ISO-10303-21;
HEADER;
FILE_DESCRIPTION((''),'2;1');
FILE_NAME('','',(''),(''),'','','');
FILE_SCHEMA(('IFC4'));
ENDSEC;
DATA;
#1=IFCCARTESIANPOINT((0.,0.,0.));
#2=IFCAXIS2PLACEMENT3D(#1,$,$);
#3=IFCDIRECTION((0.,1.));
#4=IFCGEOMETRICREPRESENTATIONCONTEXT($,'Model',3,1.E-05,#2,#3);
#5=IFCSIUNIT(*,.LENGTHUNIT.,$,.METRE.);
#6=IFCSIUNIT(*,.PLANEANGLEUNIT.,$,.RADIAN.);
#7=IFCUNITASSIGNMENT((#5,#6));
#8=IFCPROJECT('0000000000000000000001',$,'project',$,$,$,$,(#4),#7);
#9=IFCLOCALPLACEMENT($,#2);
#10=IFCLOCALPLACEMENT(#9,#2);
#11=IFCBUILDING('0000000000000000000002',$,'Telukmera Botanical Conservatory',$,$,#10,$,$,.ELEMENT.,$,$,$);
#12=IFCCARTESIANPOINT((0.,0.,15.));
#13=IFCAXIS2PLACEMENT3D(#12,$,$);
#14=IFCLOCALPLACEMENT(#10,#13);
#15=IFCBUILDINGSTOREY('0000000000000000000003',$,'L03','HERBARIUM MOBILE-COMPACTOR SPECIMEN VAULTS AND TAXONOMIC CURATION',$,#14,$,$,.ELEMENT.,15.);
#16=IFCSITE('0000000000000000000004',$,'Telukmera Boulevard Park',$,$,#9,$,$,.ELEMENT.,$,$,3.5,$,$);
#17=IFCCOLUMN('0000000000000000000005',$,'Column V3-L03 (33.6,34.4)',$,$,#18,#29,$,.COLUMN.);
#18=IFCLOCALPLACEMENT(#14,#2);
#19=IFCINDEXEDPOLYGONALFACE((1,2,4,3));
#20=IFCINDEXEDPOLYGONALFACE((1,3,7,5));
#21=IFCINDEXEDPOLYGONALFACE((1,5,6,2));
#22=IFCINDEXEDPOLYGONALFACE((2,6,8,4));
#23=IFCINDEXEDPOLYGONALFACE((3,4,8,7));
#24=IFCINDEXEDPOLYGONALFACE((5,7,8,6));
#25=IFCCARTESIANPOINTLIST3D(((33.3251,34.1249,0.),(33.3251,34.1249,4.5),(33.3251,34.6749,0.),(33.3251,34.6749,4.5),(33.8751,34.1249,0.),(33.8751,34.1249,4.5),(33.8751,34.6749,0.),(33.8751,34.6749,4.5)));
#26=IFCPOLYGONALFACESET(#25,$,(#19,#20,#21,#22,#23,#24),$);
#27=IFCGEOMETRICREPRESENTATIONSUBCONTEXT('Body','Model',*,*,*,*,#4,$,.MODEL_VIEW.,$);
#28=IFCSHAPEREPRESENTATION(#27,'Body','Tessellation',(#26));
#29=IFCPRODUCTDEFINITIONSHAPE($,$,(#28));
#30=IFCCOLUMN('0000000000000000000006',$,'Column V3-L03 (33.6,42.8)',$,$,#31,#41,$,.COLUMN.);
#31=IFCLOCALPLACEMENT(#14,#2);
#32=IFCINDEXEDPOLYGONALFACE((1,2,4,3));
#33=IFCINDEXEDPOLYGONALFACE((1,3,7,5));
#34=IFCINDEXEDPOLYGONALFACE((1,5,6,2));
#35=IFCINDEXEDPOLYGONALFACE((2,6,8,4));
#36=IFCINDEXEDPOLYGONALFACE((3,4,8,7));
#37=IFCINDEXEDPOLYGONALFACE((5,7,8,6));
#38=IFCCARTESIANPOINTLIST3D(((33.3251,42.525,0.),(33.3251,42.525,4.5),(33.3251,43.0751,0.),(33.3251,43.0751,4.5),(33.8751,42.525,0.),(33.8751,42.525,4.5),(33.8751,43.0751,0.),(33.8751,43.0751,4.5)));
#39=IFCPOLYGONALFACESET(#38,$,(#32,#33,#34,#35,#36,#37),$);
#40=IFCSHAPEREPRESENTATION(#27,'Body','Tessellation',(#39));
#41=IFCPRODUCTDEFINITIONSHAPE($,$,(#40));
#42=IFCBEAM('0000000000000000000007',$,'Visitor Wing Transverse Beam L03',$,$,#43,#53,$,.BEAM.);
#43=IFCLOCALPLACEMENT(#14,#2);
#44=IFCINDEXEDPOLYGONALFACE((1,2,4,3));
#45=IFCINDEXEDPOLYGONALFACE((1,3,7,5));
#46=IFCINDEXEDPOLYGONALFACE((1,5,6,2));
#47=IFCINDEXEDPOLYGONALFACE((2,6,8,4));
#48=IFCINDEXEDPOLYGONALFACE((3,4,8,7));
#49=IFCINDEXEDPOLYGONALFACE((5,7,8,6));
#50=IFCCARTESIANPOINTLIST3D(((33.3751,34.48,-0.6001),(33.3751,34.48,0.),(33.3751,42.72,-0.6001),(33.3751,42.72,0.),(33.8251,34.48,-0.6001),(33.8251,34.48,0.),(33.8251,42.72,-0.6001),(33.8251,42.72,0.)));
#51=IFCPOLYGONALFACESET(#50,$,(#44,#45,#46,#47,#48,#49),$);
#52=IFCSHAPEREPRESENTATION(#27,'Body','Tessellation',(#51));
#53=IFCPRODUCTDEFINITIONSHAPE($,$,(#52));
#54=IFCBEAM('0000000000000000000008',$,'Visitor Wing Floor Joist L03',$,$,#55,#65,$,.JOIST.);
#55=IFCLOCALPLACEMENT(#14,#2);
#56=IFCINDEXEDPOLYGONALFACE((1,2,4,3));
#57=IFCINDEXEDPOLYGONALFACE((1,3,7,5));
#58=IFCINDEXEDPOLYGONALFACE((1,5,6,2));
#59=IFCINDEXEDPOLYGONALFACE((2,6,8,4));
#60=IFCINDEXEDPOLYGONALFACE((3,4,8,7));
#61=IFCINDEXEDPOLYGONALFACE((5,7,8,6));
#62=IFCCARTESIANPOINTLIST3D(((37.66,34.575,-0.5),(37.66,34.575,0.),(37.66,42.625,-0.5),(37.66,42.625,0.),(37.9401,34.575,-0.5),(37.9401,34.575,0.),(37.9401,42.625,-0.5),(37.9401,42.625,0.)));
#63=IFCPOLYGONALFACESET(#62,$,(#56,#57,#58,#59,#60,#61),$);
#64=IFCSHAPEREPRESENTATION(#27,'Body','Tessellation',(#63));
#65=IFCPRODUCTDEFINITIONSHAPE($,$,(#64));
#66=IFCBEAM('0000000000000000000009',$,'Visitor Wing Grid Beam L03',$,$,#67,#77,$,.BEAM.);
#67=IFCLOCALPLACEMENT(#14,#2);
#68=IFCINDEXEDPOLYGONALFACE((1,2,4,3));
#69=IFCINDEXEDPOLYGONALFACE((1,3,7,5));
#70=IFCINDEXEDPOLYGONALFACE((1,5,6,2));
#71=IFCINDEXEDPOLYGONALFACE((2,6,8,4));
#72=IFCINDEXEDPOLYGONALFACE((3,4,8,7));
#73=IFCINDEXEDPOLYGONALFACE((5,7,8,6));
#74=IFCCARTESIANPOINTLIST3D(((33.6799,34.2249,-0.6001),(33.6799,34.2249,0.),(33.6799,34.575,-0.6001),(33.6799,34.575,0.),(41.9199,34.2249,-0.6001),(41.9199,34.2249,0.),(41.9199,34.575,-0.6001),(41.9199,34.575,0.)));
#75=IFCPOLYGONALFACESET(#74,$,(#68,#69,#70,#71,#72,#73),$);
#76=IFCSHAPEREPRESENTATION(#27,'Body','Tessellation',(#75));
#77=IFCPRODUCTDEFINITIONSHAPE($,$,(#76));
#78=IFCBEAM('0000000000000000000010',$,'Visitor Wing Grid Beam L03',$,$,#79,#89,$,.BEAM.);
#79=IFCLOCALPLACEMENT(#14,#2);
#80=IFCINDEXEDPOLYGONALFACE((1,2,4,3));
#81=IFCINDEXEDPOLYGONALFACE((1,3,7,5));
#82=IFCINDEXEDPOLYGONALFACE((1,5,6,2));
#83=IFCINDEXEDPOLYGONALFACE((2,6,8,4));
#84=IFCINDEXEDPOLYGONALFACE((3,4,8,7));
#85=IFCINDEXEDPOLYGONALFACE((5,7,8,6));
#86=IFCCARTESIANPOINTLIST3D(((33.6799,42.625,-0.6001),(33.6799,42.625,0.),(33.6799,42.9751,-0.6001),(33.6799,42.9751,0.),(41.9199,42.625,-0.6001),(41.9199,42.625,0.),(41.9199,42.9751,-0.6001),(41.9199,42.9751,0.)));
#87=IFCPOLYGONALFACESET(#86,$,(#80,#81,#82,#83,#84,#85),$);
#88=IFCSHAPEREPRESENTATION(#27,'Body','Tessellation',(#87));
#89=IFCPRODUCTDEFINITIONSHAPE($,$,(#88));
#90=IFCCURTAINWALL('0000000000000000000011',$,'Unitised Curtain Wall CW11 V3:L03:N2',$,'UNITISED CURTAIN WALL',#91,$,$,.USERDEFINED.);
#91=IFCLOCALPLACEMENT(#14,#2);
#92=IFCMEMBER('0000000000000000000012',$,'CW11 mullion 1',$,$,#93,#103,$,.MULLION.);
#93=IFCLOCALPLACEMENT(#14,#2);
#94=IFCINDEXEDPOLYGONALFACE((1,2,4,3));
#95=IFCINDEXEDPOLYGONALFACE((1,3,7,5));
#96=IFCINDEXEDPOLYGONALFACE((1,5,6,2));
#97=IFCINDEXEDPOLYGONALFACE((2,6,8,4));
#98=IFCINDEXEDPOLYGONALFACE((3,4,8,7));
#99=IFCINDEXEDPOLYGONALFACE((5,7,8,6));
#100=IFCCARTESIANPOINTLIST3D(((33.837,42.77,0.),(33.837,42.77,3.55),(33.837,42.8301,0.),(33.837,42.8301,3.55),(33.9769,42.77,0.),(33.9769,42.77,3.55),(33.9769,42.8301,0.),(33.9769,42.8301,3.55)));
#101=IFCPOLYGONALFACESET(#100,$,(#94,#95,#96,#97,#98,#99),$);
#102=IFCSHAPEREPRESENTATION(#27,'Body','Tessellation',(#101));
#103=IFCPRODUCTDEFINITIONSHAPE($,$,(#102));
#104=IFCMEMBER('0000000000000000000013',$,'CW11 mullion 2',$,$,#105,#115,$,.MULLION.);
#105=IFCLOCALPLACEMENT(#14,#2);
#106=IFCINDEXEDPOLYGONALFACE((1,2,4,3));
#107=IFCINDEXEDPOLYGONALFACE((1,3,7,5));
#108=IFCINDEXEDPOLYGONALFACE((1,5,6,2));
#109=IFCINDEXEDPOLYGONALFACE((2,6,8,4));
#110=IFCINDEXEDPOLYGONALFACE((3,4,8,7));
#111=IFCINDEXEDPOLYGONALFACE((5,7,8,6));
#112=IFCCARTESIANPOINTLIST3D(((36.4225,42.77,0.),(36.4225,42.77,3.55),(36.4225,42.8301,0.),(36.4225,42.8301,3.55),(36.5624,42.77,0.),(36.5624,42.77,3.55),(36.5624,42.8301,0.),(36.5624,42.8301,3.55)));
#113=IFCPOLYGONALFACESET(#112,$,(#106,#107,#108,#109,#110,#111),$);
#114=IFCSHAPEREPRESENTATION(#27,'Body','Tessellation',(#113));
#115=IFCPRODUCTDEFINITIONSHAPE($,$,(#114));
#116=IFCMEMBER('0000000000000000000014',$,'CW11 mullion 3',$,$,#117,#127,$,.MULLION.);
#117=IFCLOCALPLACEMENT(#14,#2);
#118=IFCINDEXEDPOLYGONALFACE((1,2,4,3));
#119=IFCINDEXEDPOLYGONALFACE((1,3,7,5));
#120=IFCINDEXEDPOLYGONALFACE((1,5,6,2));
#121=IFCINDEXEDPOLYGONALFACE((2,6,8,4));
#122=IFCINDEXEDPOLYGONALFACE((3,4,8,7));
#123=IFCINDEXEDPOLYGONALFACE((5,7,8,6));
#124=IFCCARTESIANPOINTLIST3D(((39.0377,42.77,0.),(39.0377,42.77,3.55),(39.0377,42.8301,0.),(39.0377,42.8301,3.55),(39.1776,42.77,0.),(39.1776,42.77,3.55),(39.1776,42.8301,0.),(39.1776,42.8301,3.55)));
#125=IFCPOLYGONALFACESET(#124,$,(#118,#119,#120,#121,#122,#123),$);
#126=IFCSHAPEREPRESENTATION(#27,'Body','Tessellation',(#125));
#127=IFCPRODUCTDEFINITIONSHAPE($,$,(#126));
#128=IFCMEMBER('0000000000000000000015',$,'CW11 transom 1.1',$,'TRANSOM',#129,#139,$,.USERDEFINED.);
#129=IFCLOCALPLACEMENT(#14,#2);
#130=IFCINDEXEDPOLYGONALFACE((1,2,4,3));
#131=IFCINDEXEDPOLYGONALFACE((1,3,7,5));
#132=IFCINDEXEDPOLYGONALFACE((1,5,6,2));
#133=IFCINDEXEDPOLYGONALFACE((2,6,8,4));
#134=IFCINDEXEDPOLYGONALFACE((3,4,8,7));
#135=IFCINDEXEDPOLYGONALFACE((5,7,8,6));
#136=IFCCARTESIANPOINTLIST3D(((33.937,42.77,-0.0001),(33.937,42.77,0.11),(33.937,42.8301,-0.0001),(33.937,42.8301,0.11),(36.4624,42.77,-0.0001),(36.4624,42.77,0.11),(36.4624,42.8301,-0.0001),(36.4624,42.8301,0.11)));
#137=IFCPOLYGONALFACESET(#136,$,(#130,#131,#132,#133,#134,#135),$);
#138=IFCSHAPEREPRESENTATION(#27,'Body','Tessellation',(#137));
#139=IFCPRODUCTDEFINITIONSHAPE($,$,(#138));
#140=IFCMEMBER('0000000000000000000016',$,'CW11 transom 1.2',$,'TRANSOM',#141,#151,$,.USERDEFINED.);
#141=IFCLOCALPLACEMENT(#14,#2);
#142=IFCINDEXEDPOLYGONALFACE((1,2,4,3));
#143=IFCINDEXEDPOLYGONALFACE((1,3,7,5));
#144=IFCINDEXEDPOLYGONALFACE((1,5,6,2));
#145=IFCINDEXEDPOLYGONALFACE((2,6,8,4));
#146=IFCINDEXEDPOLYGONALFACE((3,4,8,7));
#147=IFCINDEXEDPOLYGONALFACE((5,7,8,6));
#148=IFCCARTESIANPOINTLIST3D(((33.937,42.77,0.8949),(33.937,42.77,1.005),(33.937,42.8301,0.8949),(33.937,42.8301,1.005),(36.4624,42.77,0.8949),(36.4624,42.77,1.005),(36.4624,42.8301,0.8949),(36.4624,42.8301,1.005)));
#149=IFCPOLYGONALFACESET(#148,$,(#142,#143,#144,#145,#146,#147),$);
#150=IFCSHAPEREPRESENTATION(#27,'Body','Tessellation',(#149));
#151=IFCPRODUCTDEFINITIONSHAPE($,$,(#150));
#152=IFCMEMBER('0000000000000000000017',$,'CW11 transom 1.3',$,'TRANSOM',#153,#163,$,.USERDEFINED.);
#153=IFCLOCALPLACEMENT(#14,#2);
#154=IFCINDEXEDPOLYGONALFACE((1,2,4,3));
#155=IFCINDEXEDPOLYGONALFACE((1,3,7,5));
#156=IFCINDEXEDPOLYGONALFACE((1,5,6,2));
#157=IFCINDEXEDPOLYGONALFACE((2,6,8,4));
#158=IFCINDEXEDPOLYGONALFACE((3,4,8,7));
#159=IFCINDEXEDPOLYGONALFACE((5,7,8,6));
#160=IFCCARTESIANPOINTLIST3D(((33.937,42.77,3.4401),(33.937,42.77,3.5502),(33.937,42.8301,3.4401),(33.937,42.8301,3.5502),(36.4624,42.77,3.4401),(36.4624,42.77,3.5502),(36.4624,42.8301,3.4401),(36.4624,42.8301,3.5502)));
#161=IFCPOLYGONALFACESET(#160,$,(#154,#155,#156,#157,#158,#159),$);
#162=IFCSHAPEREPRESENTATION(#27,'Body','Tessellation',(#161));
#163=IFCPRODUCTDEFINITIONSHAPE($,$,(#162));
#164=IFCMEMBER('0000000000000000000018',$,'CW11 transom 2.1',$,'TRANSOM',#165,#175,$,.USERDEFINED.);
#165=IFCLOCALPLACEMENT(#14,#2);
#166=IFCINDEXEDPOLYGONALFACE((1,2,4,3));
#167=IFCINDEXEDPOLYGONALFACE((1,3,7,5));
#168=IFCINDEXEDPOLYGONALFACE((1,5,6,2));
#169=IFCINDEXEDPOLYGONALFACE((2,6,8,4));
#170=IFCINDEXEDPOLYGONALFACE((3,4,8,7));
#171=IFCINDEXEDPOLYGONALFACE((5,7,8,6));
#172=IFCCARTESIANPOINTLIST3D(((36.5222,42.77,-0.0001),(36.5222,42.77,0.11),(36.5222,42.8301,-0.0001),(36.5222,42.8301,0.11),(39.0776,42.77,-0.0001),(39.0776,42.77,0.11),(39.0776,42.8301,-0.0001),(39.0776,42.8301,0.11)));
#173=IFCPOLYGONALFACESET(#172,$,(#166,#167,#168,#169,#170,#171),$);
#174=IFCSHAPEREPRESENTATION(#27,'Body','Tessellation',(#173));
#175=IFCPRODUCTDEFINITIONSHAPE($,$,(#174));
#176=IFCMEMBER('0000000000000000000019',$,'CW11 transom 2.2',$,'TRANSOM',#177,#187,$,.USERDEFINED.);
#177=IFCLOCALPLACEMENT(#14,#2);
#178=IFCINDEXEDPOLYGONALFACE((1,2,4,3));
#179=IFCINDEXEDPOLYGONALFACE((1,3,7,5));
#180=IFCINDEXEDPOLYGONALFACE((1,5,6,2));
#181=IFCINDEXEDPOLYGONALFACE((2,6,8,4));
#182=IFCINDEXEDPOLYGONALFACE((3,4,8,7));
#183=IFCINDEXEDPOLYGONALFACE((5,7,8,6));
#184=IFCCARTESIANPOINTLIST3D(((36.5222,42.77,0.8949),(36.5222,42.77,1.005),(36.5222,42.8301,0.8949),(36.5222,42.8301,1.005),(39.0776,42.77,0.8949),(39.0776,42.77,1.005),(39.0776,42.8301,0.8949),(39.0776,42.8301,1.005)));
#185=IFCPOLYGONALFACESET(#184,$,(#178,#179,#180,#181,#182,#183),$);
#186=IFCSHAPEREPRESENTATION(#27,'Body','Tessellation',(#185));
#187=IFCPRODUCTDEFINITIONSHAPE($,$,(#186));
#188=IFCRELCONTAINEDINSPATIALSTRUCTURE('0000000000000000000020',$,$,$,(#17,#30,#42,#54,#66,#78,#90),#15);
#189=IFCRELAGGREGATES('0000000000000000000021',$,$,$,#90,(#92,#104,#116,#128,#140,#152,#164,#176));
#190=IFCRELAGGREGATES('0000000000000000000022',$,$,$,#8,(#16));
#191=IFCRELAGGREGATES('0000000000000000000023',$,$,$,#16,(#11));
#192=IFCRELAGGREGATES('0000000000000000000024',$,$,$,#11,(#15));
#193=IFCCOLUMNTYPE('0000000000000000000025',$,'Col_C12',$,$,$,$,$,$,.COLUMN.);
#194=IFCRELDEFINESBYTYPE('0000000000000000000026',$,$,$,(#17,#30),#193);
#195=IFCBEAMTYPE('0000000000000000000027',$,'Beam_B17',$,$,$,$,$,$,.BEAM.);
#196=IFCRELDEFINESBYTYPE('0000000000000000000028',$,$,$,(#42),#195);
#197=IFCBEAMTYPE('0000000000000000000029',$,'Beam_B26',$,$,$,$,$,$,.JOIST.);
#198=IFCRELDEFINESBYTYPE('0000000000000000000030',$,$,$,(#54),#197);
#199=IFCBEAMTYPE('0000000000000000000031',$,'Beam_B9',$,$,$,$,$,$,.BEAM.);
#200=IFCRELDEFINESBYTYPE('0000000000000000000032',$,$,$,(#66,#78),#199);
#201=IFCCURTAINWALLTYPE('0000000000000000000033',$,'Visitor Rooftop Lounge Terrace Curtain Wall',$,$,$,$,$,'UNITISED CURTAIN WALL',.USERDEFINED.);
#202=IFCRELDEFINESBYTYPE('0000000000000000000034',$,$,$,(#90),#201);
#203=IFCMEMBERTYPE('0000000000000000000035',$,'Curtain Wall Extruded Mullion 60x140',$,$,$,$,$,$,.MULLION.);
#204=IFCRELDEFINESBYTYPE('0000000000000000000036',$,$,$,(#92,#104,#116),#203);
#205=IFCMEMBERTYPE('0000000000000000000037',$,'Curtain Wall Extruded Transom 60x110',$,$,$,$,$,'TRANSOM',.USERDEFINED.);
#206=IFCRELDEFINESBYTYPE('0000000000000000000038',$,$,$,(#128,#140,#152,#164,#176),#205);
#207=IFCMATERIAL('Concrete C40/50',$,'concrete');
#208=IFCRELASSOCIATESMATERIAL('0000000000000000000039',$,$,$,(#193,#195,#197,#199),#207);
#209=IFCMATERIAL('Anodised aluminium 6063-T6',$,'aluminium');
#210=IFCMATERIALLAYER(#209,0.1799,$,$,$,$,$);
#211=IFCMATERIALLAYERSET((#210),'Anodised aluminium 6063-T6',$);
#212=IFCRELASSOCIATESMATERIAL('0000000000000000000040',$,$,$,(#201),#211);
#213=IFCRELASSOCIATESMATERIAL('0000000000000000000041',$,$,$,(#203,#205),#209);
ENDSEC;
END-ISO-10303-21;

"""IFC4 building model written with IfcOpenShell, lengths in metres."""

from ifc_helpers import new_model, si_unit, direction, frame, origin, origin_2d, place, context, subcontext, project, spatial, rectangle, extrude, material, layer, layer_set, material_profile, profile_set, type_object, element, aggregate, save


model = new_model("IFC4")

# Units and contexts
model_context = context("Model", 3, precision=1e-05, world=origin(), true_north=direction((0.0, 1.0)))
body_context = subcontext(model_context, "Body", "Model", "MODEL_VIEW")
ifc_project = project(units=[si_unit("LENGTHUNIT", "METRE"), si_unit("PLANEANGLEUNIT", "RADIAN")], contexts=[model_context])

# Site, building, storey
site_placement = place(None, origin())
site = spatial("IfcSite", under=ifc_project, at=site_placement, Name="Telukmera Boulevard Park", CompositionType="ELEMENT", RefElevation=3.5)
building_placement = place(site_placement, origin())
building = spatial("IfcBuilding", under=site, at=building_placement, Name="Telukmera Botanical Conservatory", CompositionType="ELEMENT")
storey_placement = place(building_placement, frame((0.0, 0.0, 15.0)))
storey = spatial("IfcBuildingStorey", under=building, at=storey_placement, Name="L03", Description="HERBARIUM MOBILE-COMPACTOR SPECIMEN VAULTS AND TAXONOMIC CURATION", CompositionType="ELEMENT", Elevation=15.0)

# Columns
ifc_material_1 = material(Name="Concrete C40/50", Category="concrete")
ifc_material_profile_1 = material_profile(ifc_material_1, rectangle(XDim=0.55, YDim=0.55, at=origin_2d()), Name="RC 550x550")
ifc_profile_set_1 = profile_set([ifc_material_profile_1], Name="Concrete C40/50")
column_type = type_object("IfcColumnType", Name="Col_C12", PredefinedType="COLUMN", material=ifc_profile_set_1)
for number, where, z_axis, x_axis, name in (
    (1, (33.6001, 34.3999, 0.0), (0.0, 0.0, 1.0), (1.0, 0.0, 0.0), "Column V3-L03 (33.6,34.4)"),
    (2, (33.6001, 42.8, 0.0), (0.0, 0.0, 1.0), (1.0, 0.0, 0.0), "Column V3-L03 (33.6,42.8)"),
):
    element("IfcColumn", number, at=place(storey_placement, frame(where, z_axis=z_axis, x_axis=x_axis)), inside=storey, type_object=column_type, Name=name, PredefinedType="COLUMN", context=body_context, shape_type="SweptSolid", body=[
        extrude(rectangle(XDim=0.55, YDim=0.55, at=origin_2d()), origin(), (0.0, 0.0, 1.0), 4.5),
    ])

# Beams
ifc_material_profile_2 = material_profile(ifc_material_1, rectangle(XDim=0.45, YDim=0.6001, at=origin_2d()), Name="RC 450x600")
ifc_profile_set_2 = profile_set([ifc_material_profile_2], Name="Concrete C40/50")
beam_type_1 = type_object("IfcBeamType", Name="Beam_B17", PredefinedType="BEAM", material=ifc_profile_set_2)
beam_1_placement = place(storey_placement, frame((33.6001, 34.48, -0.3), z_axis=(0.0, 1.0, 0.0), x_axis=(-1.0, 0.0, 0.0)))
element("IfcBeam", 3, at=beam_1_placement, inside=storey, type_object=beam_type_1, Name="Visitor Wing Transverse Beam L03", PredefinedType="BEAM", context=body_context, shape_type="SweptSolid", body=[
    extrude(rectangle(XDim=0.45, YDim=0.6001, at=origin_2d()), origin(), (0.0, 0.0, 1.0), 8.24),
])
ifc_material_profile_3 = material_profile(ifc_material_1, rectangle(XDim=0.28, YDim=0.5, at=origin_2d()), Name="RC 280x500")
ifc_profile_set_3 = profile_set([ifc_material_profile_3], Name="Concrete C40/50")
beam_type_2 = type_object("IfcBeamType", Name="Beam_B26", PredefinedType="JOIST", material=ifc_profile_set_3)
beam_2_placement = place(storey_placement, frame((37.8, 34.575, -0.25), z_axis=(0.0, 1.0, 0.0), x_axis=(-1.0, 0.0, 0.0)))
element("IfcBeam", 4, at=beam_2_placement, inside=storey, type_object=beam_type_2, Name="Visitor Wing Floor Joist L03", PredefinedType="JOIST", context=body_context, shape_type="SweptSolid", body=[
    extrude(rectangle(XDim=0.28, YDim=0.5, at=origin_2d()), origin(), (0.0, 0.0, 1.0), 8.05),
])
ifc_material_profile_4 = material_profile(ifc_material_1, rectangle(XDim=0.3501, YDim=0.6001, at=origin_2d()), Name="RC 350x600")
ifc_profile_set_4 = profile_set([ifc_material_profile_4], Name="Concrete C40/50")
beam_type_3 = type_object("IfcBeamType", Name="Beam_B9", PredefinedType="BEAM", material=ifc_profile_set_4)
for number, where, z_axis, x_axis, name in (
    (5, (33.6799, 34.3999, -0.3), (1.0, 0.0, 0.0), (0.0, 1.0, 0.0), "Visitor Wing Grid Beam L03"),
    (6, (33.6799, 42.8, -0.3), (1.0, 0.0, 0.0), (0.0, 1.0, 0.0), "Visitor Wing Grid Beam L03"),
):
    element("IfcBeam", number, at=place(storey_placement, frame(where, z_axis=z_axis, x_axis=x_axis)), inside=storey, type_object=beam_type_3, Name=name, PredefinedType="BEAM", context=body_context, shape_type="SweptSolid", body=[
        extrude(rectangle(XDim=0.3501, YDim=0.6001, at=origin_2d()), origin(), (0.0, 0.0, 1.0), 8.24),
    ])

# Curtain wall, members
ifc_material_2 = material(Name="Anodised aluminium 6063-T6", Category="aluminium")
ifc_layer_1 = layer(ifc_material_2, 0.1799)
ifc_layer_set_1 = layer_set([ifc_layer_1], Name="Anodised aluminium 6063-T6")
curtain_wall_type = type_object("IfcCurtainWallType", Name="Visitor Rooftop Lounge Terrace Curtain Wall", ElementType="UNITISED CURTAIN WALL", PredefinedType="USERDEFINED", material=ifc_layer_set_1)
curtain_wall_placement = place(storey_placement, origin())
curtain_wall = element("IfcCurtainWall", 7, at=curtain_wall_placement, inside=storey, type_object=curtain_wall_type, Name="Unitised Curtain Wall CW11 V3:L03:N2", ObjectType="UNITISED CURTAIN WALL", PredefinedType="USERDEFINED")
ifc_material_profile_5 = material_profile(ifc_material_2, rectangle(XDim=0.0601, YDim=0.1399, at=origin_2d()), Name="ALU MULL 60x140")
ifc_profile_set_5 = profile_set([ifc_material_profile_5], Name="Anodised aluminium 6063-T6")
member_type_1 = type_object("IfcMemberType", Name="Curtain Wall Extruded Mullion 60x140", PredefinedType="MULLION", material=ifc_profile_set_5)
member_1_placement = place(storey_placement, frame((33.907, 42.8, 0.0), z_axis=(0.0, 0.0, 1.0), x_axis=(0.0, 1.0, 0.0)))
member_1 = element("IfcMember", 8, at=member_1_placement, type_object=member_type_1, Name="CW11 mullion 1", PredefinedType="MULLION", context=body_context, shape_type="SweptSolid", body=[
    extrude(rectangle(XDim=0.0601, YDim=0.1399, at=origin_2d()), origin(), (0.0, 0.0, 1.0), 3.55),
])
member_2_placement = place(storey_placement, frame((36.4924, 42.8, 0.0), z_axis=(0.0, 0.0, 1.0), x_axis=(0.0, 1.0, 0.0)))
member_2 = element("IfcMember", 9, at=member_2_placement, type_object=member_type_1, Name="CW11 mullion 2", PredefinedType="MULLION", context=body_context, shape_type="SweptSolid", body=[
    extrude(rectangle(XDim=0.0601, YDim=0.1399, at=origin_2d()), origin(), (0.0, 0.0, 1.0), 3.55),
])
member_3_placement = place(storey_placement, frame((39.1077, 42.8, 0.0), z_axis=(0.0, 0.0, 1.0), x_axis=(0.0, 1.0, 0.0)))
member_3 = element("IfcMember", 10, at=member_3_placement, type_object=member_type_1, Name="CW11 mullion 3", PredefinedType="MULLION", context=body_context, shape_type="SweptSolid", body=[
    extrude(rectangle(XDim=0.0601, YDim=0.1399, at=origin_2d()), origin(), (0.0, 0.0, 1.0), 3.55),
])
ifc_material_profile_6 = material_profile(ifc_material_2, rectangle(XDim=0.0601, YDim=0.1101, at=origin_2d()), Name="ALU TRAN 60x110")
ifc_profile_set_6 = profile_set([ifc_material_profile_6], Name="Anodised aluminium 6063-T6")
member_type_2 = type_object("IfcMemberType", Name="Curtain Wall Extruded Transom 60x110", ElementType="TRANSOM", PredefinedType="USERDEFINED", material=ifc_profile_set_6)
member_4_placement = place(storey_placement, frame((33.937, 42.8, 0.0549), z_axis=(1.0, 0.0, 0.0), x_axis=(0.0, 1.0, 0.0)))
member_4 = element("IfcMember", 11, at=member_4_placement, type_object=member_type_2, Name="CW11 transom 1.1", ObjectType="TRANSOM", PredefinedType="USERDEFINED", context=body_context, shape_type="SweptSolid", body=[
    extrude(rectangle(XDim=0.0601, YDim=0.1101, at=origin_2d()), origin(), (0.0, 0.0, 1.0), 2.5254),
])
member_5_placement = place(storey_placement, frame((33.937, 42.8, 0.95), z_axis=(1.0, 0.0, 0.0), x_axis=(0.0, 1.0, 0.0)))
member_5 = element("IfcMember", 12, at=member_5_placement, type_object=member_type_2, Name="CW11 transom 1.2", ObjectType="TRANSOM", PredefinedType="USERDEFINED", context=body_context, shape_type="SweptSolid", body=[
    extrude(rectangle(XDim=0.0601, YDim=0.1101, at=origin_2d()), origin(), (0.0, 0.0, 1.0), 2.5254),
])
member_6_placement = place(storey_placement, frame((33.937, 42.8, 3.4951), z_axis=(1.0, 0.0, 0.0), x_axis=(0.0, 1.0, 0.0)))
member_6 = element("IfcMember", 13, at=member_6_placement, type_object=member_type_2, Name="CW11 transom 1.3", ObjectType="TRANSOM", PredefinedType="USERDEFINED", context=body_context, shape_type="SweptSolid", body=[
    extrude(rectangle(XDim=0.0601, YDim=0.1101, at=origin_2d()), origin(), (0.0, 0.0, 1.0), 2.5254),
])
member_7_placement = place(storey_placement, frame((36.5222, 42.8, 0.0549), z_axis=(1.0, 0.0, 0.0), x_axis=(0.0, 1.0, 0.0)))
member_7 = element("IfcMember", 14, at=member_7_placement, type_object=member_type_2, Name="CW11 transom 2.1", ObjectType="TRANSOM", PredefinedType="USERDEFINED", context=body_context, shape_type="SweptSolid", body=[
    extrude(rectangle(XDim=0.0601, YDim=0.1101, at=origin_2d()), origin(), (0.0, 0.0, 1.0), 2.5554),
])
member_8_placement = place(storey_placement, frame((36.5222, 42.8, 0.95), z_axis=(1.0, 0.0, 0.0), x_axis=(0.0, 1.0, 0.0)))
member_8 = element("IfcMember", 15, at=member_8_placement, type_object=member_type_2, Name="CW11 transom 2.2", ObjectType="TRANSOM", PredefinedType="USERDEFINED", context=body_context, shape_type="SweptSolid", body=[
    extrude(rectangle(XDim=0.0601, YDim=0.1101, at=origin_2d()), origin(), (0.0, 0.0, 1.0), 2.5554),
])
aggregate(curtain_wall, [member_1, member_2, member_3, member_4, member_5, member_6, member_7, member_8])

save(model, "model.ifc")
